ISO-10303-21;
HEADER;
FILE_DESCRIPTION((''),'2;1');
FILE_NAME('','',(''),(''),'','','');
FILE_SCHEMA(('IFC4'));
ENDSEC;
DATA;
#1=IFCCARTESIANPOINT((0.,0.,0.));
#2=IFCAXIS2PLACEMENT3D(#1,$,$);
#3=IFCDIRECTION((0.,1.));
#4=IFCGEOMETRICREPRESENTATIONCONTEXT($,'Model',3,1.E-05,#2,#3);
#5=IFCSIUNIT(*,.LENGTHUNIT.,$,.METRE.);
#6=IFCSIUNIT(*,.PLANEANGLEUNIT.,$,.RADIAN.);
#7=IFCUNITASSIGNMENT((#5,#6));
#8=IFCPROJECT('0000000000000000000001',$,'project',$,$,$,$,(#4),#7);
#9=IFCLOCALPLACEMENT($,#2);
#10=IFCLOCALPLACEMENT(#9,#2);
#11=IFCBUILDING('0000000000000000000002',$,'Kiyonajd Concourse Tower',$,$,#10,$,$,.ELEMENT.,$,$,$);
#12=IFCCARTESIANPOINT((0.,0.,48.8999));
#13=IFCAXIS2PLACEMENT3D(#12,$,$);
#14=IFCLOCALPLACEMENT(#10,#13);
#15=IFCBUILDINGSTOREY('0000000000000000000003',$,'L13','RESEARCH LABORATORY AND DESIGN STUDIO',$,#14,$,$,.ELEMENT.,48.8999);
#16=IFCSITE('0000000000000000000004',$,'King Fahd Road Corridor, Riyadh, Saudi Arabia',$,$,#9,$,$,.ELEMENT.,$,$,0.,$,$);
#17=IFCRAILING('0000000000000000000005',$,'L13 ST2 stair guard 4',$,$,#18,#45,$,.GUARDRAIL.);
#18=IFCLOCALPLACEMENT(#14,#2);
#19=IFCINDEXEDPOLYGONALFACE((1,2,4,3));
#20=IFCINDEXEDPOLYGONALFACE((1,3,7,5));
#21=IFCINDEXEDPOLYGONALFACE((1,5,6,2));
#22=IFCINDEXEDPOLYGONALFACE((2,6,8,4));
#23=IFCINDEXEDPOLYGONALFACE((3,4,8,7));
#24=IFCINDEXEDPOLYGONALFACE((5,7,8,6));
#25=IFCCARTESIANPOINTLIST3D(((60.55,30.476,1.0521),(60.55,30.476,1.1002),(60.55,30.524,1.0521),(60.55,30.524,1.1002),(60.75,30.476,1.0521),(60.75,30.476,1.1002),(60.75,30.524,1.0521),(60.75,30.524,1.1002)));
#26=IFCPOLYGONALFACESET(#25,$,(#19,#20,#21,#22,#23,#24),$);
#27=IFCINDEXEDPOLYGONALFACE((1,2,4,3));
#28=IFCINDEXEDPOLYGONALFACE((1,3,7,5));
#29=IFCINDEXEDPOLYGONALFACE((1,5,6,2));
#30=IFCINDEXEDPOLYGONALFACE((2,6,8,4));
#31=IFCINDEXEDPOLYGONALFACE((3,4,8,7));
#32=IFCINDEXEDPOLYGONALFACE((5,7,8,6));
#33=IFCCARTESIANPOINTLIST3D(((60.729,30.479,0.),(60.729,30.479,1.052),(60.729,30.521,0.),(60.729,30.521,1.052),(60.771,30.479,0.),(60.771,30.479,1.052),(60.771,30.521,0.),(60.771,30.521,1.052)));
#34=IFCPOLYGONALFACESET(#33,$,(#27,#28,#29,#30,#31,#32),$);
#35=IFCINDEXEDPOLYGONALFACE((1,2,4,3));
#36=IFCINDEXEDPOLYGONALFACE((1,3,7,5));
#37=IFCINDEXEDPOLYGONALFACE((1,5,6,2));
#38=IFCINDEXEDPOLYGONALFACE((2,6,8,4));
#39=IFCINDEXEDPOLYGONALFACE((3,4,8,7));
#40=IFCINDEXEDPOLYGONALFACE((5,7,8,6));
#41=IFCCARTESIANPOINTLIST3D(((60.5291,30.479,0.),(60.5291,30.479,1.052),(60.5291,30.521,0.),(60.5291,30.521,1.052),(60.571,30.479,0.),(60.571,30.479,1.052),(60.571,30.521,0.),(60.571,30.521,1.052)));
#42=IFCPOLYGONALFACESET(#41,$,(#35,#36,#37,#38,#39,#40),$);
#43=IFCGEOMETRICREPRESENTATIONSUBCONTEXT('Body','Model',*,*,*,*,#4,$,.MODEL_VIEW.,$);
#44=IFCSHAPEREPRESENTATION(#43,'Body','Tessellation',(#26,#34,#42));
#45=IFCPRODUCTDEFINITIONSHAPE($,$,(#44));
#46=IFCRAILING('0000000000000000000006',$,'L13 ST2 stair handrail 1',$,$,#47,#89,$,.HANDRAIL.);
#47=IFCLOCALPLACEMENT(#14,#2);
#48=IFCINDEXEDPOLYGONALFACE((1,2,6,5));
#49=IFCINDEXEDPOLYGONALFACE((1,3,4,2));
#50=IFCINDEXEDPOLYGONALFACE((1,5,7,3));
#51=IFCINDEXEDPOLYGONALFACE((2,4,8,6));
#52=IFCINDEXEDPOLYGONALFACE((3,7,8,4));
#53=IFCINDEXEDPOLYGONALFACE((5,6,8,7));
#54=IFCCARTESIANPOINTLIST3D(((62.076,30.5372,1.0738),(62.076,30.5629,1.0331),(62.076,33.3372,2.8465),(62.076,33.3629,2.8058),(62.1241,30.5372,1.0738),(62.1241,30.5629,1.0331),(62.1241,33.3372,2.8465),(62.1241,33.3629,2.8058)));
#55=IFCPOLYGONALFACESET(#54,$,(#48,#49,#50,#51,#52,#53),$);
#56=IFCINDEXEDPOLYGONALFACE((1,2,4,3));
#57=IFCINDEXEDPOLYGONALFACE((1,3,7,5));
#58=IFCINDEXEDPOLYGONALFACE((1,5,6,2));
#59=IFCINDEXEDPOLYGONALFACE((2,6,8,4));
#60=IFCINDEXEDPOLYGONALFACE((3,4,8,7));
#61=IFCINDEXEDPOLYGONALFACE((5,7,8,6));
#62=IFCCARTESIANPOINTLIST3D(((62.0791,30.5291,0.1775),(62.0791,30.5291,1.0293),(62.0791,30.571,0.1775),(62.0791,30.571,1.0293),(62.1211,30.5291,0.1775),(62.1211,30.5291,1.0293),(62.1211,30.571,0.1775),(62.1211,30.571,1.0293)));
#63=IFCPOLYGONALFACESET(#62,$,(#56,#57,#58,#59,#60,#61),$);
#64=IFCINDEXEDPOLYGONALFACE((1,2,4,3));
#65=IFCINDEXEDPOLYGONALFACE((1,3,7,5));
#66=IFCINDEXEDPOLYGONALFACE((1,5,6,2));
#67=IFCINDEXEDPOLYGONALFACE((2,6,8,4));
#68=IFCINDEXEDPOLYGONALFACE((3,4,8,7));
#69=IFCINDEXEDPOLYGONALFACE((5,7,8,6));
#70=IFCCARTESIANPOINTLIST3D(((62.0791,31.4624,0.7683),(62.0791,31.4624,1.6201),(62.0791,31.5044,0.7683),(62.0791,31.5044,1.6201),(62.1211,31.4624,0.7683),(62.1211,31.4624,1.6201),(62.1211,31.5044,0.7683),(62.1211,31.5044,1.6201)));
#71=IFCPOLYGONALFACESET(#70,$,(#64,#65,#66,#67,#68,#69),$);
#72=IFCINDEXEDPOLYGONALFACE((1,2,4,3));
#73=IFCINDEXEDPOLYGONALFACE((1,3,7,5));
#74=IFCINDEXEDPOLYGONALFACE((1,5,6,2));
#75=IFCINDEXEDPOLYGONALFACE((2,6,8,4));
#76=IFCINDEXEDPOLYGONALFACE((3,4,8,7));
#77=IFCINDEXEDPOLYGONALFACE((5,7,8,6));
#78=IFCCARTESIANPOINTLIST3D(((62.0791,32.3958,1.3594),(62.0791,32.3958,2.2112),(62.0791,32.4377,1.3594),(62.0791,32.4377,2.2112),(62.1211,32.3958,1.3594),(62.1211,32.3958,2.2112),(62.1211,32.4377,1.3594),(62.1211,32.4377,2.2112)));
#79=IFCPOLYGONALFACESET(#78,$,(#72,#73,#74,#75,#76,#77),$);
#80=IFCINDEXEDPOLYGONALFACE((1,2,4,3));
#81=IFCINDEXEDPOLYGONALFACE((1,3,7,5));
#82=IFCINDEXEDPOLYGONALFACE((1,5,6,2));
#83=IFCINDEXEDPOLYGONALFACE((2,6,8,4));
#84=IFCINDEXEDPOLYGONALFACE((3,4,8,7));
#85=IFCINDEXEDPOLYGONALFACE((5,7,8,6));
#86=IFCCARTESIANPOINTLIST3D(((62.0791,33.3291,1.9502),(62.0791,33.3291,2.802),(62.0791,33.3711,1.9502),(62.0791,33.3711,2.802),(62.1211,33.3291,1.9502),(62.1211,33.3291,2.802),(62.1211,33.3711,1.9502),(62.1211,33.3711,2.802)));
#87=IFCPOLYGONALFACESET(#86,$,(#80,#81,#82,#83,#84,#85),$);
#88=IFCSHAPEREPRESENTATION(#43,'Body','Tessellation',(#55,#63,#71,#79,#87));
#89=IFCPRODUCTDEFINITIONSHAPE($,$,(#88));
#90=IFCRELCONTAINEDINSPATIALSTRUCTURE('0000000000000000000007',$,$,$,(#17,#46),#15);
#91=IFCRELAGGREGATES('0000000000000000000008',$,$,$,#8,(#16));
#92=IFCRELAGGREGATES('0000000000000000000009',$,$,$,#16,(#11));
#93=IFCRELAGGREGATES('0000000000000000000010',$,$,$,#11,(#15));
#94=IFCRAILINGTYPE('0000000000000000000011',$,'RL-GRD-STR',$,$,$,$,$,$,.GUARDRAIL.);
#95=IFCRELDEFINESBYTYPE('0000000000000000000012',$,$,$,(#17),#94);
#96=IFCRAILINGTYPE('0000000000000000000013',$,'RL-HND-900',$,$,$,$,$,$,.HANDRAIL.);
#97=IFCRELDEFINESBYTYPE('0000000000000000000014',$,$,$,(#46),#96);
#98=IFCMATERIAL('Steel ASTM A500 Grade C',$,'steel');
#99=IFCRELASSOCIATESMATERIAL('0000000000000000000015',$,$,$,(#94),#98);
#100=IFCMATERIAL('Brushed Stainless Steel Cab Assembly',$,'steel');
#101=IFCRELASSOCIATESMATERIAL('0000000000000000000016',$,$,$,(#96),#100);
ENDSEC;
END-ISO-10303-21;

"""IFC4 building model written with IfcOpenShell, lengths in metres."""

from ifc_helpers import new_model, si_unit, direction, frame, origin, origin_2d, place, context, subcontext, project, spatial, rectangle, extrude, material, type_object, element, save


model = new_model("IFC4")

# Units and contexts
model_context = context("Model", 3, precision=1e-05, world=origin(), true_north=direction((0.0, 1.0)))
body_context = subcontext(model_context, "Body", "Model", "MODEL_VIEW")
ifc_project = project(units=[si_unit("LENGTHUNIT", "METRE"), si_unit("PLANEANGLEUNIT", "RADIAN")], contexts=[model_context])

# Site, building, storey
site_placement = place(None, origin())
site = spatial("IfcSite", under=ifc_project, at=site_placement, Name="King Fahd Road Corridor, Riyadh, Saudi Arabia", CompositionType="ELEMENT", RefElevation=0.0)
building_placement = place(site_placement, origin())
building = spatial("IfcBuilding", under=site, at=building_placement, Name="Kiyonajd Concourse Tower", CompositionType="ELEMENT")
storey_placement = place(building_placement, frame((0.0, 0.0, 48.8999)))
storey = spatial("IfcBuildingStorey", under=building, at=storey_placement, Name="L13", Description="RESEARCH LABORATORY AND DESIGN STUDIO", CompositionType="ELEMENT", Elevation=48.8999)

# Railings
ifc_material_1 = material(Name="Steel ASTM A500 Grade C", Category="steel")
railing_type_1 = type_object("IfcRailingType", Name="RL-GRD-STR", PredefinedType="GUARDRAIL", material=ifc_material_1)
railing_1_placement = place(storey_placement, frame((60.75, 30.5, 0.0)))
element("IfcRailing", 1, at=railing_1_placement, inside=storey, type_object=railing_type_1, Name="L13 ST2 stair guard 4", PredefinedType="GUARDRAIL", context=body_context, shape_type="SweptSolid", body=[
    extrude(rectangle(XDim=0.0481, YDim=0.0481, at=origin_2d()), frame((0.0, 0.0, 1.0762), z_axis=(-1.0, 0.0, 0.0), x_axis=(0.0, -1.0, 0.0)), (0.0, 0.0, 1.0), 0.2),
    extrude(rectangle(XDim=0.042, YDim=0.042, at=origin_2d()), origin(), (0.0, 0.0, 1.0), 1.052),
    extrude(rectangle(XDim=0.042, YDim=0.042, at=origin_2d()), frame((-0.2, 0.0, 0.0)), (0.0, 0.0, 1.0), 1.052),
])
ifc_material_2 = material(Name="Brushed Stainless Steel Cab Assembly", Category="steel")
railing_type_2 = type_object("IfcRailingType", Name="RL-HND-900", PredefinedType="HANDRAIL", material=ifc_material_2)
railing_2_placement = place(storey_placement, frame((62.1001, 30.55, 0.1775)))
element("IfcRailing", 2, at=railing_2_placement, inside=storey, type_object=railing_type_2, Name="L13 ST2 stair handrail 1", PredefinedType="HANDRAIL", context=body_context, shape_type="SweptSolid", body=[
    extrude(rectangle(XDim=0.0481, YDim=0.0481, at=origin_2d()), frame((0.0, 0.0, 0.876), z_axis=(0.0, 0.844909, 0.53491), x_axis=(-1.0, 0.0, 0.0)), (0.0, 0.0, 1.0), 3.314),
    extrude(rectangle(XDim=0.042, YDim=0.042, at=origin_2d()), origin(), (0.0, 0.0, 1.0), 0.8518),
    extrude(rectangle(XDim=0.042, YDim=0.042, at=origin_2d()), frame((0.0, 0.9333, 0.5908)), (0.0, 0.0, 1.0), 0.8518),
    extrude(rectangle(XDim=0.042, YDim=0.042, at=origin_2d()), frame((0.0, 1.8667, 1.1819)), (0.0, 0.0, 1.0), 0.8518),
    extrude(rectangle(XDim=0.042, YDim=0.042, at=origin_2d()), frame((0.0, 2.8, 1.7727)), (0.0, 0.0, 1.0), 0.8518),
])

save(model, "model.ifc")
